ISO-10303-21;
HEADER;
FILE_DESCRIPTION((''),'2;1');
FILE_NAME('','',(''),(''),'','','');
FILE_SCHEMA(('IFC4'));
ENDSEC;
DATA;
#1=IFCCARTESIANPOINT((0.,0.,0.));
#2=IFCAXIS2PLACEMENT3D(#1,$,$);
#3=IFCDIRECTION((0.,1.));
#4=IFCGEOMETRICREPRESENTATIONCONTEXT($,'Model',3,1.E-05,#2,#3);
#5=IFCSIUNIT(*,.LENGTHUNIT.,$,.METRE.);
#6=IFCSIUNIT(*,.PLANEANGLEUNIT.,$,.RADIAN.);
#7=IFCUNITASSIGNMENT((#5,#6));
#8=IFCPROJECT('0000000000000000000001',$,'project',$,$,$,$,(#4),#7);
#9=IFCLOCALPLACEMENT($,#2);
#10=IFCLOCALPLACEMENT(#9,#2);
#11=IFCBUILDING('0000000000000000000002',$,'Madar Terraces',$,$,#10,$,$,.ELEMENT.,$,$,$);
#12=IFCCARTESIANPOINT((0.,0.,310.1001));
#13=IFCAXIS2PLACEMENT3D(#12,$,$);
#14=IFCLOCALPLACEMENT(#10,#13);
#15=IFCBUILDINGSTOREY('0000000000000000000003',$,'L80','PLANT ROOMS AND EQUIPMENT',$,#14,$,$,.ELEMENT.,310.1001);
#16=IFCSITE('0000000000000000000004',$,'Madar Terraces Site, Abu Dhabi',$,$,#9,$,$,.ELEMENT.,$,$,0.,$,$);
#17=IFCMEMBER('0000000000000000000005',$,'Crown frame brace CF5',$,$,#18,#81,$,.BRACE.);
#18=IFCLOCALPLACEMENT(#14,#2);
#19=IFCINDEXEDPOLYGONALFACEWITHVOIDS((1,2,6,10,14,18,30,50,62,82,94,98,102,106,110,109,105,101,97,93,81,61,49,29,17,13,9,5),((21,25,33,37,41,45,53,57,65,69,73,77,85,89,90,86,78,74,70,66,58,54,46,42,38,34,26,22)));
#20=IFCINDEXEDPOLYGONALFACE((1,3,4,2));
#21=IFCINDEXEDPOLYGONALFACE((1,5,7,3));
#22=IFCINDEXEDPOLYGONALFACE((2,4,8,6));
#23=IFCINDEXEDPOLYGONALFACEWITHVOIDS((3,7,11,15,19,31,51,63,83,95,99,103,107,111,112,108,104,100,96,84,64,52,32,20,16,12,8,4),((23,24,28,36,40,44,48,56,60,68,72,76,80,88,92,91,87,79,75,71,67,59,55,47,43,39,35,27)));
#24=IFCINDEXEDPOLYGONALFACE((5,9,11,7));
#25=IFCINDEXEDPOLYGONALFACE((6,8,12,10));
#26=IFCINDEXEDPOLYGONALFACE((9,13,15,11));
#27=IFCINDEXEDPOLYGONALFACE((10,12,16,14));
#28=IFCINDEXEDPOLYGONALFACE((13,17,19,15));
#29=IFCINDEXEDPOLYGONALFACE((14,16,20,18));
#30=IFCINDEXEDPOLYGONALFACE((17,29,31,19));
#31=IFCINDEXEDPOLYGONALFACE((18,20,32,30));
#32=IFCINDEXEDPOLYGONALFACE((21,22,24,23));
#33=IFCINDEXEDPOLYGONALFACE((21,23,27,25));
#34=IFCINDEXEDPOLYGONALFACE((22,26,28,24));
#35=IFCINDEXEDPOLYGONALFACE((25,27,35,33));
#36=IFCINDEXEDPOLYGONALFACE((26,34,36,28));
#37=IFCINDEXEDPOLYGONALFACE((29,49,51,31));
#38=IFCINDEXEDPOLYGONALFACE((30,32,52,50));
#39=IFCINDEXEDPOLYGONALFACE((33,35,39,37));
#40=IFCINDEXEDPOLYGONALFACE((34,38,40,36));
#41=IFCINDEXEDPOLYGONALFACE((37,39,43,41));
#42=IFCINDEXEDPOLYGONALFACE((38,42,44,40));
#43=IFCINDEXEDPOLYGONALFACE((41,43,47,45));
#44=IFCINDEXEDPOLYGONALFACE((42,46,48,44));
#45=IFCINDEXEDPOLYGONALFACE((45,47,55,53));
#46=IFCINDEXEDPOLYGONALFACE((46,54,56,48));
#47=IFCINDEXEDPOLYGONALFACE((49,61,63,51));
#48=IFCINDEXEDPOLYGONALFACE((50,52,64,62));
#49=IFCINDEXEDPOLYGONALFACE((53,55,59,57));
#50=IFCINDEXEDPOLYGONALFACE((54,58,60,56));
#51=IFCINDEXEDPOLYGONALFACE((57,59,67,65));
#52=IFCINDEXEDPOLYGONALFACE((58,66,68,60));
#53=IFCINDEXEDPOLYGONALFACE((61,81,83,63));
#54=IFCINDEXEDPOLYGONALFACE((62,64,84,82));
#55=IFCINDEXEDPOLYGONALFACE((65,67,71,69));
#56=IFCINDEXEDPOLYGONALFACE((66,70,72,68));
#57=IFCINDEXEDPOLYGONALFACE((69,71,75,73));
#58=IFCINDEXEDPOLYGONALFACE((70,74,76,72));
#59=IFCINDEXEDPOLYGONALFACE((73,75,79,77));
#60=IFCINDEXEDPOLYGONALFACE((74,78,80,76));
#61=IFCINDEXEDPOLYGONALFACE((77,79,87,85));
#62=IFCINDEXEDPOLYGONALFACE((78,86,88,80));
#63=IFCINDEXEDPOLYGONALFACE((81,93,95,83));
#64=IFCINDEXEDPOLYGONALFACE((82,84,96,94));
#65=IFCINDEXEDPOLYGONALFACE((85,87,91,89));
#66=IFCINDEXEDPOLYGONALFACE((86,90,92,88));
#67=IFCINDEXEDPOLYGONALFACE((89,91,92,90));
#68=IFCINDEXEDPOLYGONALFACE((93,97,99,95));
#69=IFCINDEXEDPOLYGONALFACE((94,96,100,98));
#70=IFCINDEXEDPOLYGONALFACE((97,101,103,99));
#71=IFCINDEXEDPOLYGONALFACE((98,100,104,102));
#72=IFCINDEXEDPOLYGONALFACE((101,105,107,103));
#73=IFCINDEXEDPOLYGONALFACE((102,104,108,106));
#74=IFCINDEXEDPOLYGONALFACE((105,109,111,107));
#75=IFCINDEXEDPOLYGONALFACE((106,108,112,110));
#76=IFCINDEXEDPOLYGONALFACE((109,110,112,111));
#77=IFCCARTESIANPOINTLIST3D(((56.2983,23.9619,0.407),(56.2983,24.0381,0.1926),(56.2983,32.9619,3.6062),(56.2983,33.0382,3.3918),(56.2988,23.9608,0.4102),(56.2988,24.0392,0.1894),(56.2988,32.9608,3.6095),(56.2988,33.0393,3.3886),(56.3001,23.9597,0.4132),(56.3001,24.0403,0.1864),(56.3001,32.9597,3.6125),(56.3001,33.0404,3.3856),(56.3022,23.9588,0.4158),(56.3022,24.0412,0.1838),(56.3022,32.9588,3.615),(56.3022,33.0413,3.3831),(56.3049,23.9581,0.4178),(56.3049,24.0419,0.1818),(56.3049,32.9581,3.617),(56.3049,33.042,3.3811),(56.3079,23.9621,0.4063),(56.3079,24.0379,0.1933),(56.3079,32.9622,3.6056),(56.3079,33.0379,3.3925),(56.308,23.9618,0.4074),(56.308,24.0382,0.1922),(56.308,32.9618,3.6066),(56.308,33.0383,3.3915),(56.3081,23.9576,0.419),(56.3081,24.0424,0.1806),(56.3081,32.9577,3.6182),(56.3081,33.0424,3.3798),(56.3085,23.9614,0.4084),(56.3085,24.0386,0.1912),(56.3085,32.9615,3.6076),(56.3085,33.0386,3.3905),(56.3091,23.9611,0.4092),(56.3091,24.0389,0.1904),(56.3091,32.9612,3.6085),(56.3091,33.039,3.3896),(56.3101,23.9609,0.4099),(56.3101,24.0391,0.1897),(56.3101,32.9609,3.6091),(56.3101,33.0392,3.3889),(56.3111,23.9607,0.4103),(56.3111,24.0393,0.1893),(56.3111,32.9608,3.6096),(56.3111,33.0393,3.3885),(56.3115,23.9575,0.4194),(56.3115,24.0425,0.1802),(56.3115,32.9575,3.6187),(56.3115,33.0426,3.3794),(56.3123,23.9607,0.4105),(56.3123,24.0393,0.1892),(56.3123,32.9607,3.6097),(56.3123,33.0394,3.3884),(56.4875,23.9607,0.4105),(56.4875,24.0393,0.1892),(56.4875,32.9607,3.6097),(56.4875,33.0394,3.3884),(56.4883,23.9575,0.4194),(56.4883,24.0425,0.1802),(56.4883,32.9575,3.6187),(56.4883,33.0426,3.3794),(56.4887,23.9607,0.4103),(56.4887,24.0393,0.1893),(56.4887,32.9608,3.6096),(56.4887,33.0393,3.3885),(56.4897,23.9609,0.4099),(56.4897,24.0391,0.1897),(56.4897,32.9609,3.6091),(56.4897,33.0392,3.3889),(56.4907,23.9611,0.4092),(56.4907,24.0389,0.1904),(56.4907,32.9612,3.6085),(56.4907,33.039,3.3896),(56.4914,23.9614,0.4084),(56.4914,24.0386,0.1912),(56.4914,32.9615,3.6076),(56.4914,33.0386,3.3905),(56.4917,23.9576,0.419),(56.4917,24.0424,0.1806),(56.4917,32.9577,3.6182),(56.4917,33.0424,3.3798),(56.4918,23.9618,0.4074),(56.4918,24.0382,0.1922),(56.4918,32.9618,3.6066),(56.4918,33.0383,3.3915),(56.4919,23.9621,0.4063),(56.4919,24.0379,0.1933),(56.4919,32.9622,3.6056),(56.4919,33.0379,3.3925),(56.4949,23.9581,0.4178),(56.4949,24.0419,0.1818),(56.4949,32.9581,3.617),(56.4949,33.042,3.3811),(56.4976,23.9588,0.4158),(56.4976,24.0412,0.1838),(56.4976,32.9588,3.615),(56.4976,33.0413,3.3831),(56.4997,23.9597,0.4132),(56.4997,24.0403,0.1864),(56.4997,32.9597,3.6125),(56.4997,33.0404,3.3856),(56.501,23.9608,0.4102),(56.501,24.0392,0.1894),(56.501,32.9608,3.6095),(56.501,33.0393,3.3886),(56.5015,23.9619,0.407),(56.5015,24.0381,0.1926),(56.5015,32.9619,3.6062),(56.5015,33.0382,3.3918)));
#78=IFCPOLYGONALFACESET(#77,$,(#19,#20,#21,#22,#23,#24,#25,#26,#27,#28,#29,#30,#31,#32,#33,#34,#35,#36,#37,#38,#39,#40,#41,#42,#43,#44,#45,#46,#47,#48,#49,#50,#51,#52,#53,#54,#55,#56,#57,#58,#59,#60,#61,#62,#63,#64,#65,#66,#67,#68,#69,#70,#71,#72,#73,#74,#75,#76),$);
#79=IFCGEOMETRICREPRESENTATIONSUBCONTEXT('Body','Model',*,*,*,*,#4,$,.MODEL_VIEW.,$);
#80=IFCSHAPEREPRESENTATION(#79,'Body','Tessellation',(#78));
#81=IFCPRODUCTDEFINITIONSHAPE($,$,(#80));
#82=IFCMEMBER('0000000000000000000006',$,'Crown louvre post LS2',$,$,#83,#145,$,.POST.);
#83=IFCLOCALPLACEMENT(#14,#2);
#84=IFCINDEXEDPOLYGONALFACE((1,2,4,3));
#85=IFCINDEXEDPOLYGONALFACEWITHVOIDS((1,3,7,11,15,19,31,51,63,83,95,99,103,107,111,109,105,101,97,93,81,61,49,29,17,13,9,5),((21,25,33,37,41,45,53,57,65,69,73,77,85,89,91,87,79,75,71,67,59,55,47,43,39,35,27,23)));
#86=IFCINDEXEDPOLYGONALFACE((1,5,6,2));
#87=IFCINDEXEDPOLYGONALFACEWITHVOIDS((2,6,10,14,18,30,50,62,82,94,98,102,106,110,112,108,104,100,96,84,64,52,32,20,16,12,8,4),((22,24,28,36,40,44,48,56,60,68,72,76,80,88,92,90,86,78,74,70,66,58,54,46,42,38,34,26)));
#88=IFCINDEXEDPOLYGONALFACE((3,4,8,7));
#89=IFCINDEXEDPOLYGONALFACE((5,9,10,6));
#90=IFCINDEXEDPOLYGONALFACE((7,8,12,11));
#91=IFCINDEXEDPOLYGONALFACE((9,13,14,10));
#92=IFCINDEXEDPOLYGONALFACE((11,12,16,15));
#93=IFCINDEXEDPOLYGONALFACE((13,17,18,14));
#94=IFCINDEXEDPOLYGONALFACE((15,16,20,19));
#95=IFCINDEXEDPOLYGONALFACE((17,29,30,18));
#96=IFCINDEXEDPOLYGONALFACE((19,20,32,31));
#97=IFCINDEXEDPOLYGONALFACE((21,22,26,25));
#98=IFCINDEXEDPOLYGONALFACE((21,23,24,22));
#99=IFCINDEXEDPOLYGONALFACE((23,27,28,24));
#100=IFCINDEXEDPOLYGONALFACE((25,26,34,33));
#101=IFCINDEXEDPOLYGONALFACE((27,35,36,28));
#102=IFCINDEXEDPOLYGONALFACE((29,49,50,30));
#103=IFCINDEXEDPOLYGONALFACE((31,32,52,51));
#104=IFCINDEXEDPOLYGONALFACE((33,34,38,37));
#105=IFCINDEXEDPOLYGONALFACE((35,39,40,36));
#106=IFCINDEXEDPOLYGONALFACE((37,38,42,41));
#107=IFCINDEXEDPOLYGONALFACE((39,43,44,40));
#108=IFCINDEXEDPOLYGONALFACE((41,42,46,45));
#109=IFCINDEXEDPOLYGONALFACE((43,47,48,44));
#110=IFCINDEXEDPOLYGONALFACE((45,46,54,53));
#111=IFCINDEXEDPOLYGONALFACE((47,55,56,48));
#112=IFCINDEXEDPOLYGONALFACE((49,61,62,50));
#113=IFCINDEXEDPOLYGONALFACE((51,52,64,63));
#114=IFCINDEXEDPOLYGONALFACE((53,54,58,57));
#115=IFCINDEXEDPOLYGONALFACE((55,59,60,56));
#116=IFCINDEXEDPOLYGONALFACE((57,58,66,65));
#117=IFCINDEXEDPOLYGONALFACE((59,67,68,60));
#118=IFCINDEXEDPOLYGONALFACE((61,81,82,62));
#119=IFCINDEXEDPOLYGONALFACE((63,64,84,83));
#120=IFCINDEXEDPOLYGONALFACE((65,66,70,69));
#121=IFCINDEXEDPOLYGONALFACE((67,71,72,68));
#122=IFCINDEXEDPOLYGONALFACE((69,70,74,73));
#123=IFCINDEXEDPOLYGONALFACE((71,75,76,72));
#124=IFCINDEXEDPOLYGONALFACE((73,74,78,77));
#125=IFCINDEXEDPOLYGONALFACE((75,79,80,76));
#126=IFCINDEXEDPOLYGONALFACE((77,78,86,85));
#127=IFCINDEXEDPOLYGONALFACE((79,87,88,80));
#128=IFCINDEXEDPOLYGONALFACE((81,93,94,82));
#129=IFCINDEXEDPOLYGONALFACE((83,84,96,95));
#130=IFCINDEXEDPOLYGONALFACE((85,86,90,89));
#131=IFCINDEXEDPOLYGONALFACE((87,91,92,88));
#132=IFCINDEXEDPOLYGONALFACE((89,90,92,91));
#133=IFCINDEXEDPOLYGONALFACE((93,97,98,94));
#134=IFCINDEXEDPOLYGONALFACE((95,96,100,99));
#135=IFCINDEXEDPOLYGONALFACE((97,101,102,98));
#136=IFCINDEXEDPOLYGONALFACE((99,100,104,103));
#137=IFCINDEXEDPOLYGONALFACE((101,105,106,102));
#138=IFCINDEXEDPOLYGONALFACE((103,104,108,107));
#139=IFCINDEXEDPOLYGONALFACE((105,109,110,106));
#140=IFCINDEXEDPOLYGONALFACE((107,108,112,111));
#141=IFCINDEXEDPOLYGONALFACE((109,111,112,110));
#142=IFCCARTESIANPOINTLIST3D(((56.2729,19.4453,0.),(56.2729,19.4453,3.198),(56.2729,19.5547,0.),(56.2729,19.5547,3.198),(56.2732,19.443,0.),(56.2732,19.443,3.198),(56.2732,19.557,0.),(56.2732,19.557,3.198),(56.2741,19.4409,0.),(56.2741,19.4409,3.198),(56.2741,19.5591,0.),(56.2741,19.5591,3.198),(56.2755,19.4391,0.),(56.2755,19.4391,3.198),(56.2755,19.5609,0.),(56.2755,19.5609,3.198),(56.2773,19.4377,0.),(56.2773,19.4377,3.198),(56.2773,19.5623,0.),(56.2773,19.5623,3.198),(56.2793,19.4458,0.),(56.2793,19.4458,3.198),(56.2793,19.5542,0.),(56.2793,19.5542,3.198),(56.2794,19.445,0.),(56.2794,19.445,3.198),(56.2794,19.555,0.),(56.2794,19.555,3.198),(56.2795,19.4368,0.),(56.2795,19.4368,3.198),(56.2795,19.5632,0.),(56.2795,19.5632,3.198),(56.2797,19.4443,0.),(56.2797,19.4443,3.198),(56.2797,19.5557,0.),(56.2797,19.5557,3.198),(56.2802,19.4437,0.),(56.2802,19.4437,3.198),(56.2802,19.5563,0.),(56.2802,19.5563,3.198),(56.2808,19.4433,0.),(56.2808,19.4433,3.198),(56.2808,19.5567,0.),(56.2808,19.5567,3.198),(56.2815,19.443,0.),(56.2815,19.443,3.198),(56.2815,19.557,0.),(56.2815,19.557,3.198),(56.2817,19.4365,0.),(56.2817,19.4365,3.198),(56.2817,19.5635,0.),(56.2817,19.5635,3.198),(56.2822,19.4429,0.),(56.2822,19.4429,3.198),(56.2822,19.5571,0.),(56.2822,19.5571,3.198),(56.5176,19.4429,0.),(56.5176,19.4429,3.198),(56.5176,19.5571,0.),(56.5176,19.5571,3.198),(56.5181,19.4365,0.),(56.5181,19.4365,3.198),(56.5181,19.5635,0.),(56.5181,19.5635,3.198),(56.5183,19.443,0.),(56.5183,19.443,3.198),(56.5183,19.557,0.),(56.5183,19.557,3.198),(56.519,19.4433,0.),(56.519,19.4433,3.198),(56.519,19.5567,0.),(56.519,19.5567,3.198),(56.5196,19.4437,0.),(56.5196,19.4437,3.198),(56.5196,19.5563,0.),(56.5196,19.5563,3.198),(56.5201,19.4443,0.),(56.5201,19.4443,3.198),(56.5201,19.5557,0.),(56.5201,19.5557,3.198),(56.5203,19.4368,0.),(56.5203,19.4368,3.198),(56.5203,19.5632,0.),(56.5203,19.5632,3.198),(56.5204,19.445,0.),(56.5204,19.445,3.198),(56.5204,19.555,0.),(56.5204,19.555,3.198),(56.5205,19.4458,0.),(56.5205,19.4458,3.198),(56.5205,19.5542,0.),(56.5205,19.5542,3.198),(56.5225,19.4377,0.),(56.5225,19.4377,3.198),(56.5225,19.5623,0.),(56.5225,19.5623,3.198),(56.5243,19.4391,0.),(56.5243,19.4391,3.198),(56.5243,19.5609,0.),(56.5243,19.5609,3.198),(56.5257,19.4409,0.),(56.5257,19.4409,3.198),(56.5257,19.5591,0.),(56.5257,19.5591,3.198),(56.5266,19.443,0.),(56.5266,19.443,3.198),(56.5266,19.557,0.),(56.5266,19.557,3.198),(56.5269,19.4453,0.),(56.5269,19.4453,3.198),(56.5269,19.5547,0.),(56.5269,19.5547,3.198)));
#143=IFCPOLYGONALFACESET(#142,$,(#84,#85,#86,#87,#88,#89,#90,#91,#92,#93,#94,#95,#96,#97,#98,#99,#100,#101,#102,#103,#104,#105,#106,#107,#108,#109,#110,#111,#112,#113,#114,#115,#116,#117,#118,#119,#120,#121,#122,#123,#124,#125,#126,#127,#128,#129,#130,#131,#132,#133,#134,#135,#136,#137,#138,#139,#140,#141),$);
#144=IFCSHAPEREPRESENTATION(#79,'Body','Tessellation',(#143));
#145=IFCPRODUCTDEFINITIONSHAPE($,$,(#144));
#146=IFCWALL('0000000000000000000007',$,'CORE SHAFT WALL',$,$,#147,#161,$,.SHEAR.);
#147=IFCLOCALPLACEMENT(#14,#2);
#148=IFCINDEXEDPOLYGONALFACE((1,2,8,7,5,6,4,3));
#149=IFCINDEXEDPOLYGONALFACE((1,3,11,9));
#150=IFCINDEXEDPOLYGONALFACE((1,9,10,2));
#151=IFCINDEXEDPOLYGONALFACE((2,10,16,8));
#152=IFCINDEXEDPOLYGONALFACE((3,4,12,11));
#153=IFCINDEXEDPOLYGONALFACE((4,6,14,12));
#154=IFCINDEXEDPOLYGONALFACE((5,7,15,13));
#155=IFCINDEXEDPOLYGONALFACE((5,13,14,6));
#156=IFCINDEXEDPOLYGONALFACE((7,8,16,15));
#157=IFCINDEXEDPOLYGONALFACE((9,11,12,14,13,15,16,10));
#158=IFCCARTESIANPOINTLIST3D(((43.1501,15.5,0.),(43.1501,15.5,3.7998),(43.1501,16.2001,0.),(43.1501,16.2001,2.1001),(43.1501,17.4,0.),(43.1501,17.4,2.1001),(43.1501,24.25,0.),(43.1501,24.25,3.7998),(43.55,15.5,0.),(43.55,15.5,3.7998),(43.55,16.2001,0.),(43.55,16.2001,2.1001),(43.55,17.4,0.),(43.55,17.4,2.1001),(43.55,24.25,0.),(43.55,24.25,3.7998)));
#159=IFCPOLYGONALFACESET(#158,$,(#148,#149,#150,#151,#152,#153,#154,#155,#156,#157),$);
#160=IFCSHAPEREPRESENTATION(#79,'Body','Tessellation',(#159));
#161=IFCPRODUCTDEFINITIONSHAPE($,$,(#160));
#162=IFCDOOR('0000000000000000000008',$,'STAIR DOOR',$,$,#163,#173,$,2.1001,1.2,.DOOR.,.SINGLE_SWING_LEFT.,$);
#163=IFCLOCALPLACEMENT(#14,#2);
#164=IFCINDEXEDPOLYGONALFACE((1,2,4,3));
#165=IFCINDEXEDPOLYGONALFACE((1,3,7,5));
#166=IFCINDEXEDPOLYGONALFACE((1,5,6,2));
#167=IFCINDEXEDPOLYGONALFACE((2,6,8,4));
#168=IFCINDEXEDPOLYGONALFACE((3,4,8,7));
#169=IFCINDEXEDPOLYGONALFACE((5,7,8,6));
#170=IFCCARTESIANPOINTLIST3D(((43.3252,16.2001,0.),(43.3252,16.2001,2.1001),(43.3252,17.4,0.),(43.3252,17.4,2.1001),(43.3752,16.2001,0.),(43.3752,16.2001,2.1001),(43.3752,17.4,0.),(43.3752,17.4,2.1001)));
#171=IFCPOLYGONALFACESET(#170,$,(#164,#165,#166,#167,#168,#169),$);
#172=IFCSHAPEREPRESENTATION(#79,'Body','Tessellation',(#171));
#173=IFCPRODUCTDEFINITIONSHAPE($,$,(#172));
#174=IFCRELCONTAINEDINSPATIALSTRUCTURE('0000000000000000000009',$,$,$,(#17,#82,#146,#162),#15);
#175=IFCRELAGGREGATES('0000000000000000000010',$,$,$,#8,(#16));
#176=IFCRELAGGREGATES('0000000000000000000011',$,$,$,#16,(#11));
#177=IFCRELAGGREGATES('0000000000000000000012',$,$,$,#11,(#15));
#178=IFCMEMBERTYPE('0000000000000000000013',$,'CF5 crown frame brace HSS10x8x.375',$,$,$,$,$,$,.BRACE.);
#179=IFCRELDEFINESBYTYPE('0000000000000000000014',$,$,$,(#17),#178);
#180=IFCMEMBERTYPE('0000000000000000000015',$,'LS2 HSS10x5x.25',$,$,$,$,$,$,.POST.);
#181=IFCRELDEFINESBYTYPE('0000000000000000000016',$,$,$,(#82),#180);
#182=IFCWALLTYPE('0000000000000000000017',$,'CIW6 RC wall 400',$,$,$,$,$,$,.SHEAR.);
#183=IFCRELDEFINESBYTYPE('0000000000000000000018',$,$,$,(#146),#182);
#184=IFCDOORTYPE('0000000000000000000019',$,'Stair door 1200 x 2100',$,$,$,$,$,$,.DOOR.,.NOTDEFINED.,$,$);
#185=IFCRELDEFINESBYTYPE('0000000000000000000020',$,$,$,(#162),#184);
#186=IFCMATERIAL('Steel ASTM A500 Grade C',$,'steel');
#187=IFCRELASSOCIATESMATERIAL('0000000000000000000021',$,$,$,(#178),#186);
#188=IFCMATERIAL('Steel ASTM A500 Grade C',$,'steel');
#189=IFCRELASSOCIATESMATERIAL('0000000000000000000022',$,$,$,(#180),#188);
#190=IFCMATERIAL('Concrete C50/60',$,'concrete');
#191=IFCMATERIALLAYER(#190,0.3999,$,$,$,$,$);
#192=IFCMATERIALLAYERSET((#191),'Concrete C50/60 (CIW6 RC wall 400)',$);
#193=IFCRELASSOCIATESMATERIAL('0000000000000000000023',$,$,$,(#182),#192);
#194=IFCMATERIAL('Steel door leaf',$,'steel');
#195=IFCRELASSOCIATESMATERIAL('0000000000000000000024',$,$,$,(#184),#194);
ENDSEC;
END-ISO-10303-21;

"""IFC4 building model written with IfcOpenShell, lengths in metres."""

from ifc_helpers import new_model, si_unit, direction, frame, frame_2d, origin, origin_2d, place, context, subcontext, project, spatial, rectangle, hollow_rectangle, extrude, material, layer, layer_set, material_profile, profile_set, type_object, element, fill, save


model = new_model("IFC4")

# Units and contexts
model_context = context("Model", 3, precision=1e-05, world=origin(), true_north=direction((0.0, 1.0)))
body_context = subcontext(model_context, "Body", "Model", "MODEL_VIEW")
ifc_project = project(units=[si_unit("LENGTHUNIT", "METRE"), si_unit("PLANEANGLEUNIT", "RADIAN")], contexts=[model_context])

# Site, building, storey
site_placement = place(None, origin())
site = spatial("IfcSite", under=ifc_project, at=site_placement, Name="Madar Terraces Site, Abu Dhabi", CompositionType="ELEMENT", RefElevation=0.0)
building_placement = place(site_placement, origin())
building = spatial("IfcBuilding", under=site, at=building_placement, Name="Madar Terraces", CompositionType="ELEMENT")
storey_placement = place(building_placement, frame((0.0, 0.0, 310.1001)))
storey = spatial("IfcBuildingStorey", under=building, at=storey_placement, Name="L80", Description="PLANT ROOMS AND EQUIPMENT", CompositionType="ELEMENT", Elevation=310.1001)

# Members
ifc_material_1 = material(Name="Steel ASTM A500 Grade C", Category="steel")
ifc_material_profile_1 = material_profile(ifc_material_1, hollow_rectangle(XDim=0.2031, YDim=0.2539, WallThickness=0.0095, InnerFilletRadius=0.0044, OuterFilletRadius=0.0132, at=origin_2d()), Name="HSS10x8x.375")
ifc_profile_set_1 = profile_set([ifc_material_profile_1], Name="Steel ASTM A500 Grade C")
member_type_1 = type_object("IfcMemberType", Name="CF5 crown frame brace HSS10x8x.375", PredefinedType="BRACE", material=ifc_profile_set_1)
for number, where, z_axis, x_axis, name in (
    (1, (56.3999, 24.0, 0.2998), (0.0, 0.942241, 0.334937), (-1.0, 0.0, 0.0), "Crown frame brace CF5"),
):
    element("IfcMember", number, at=place(storey_placement, frame(where, z_axis=z_axis, x_axis=x_axis)), inside=storey, type_object=member_type_1, Name=name, PredefinedType="BRACE", context=body_context, shape_type="SweptSolid", body=[
        extrude(hollow_rectangle(XDim=0.2031, YDim=0.2539, WallThickness=0.0095, InnerFilletRadius=0.0044, OuterFilletRadius=0.0132, at=origin_2d()), origin(), (0.0, 0.0, 1.0), 9.5518),
    ])
ifc_material_2 = material(Name="Steel ASTM A500 Grade C", Category="steel")
ifc_material_profile_2 = material_profile(ifc_material_2, hollow_rectangle(XDim=0.127, YDim=0.2539, WallThickness=0.0063, InnerFilletRadius=0.0029, OuterFilletRadius=0.0088, at=origin_2d()), Name="HSS10x5x.25")
ifc_profile_set_2 = profile_set([ifc_material_profile_2], Name="Steel ASTM A500 Grade C")
member_type_2 = type_object("IfcMemberType", Name="LS2 HSS10x5x.25", PredefinedType="POST", material=ifc_profile_set_2)
member_placement = place(storey_placement, frame((56.3999, 19.5, 0.0), z_axis=(0.0, 0.0, 1.0), x_axis=(0.0, 1.0, 0.0)))
element("IfcMember", 2, at=member_placement, inside=storey, type_object=member_type_2, Name="Crown louvre post LS2", PredefinedType="POST", context=body_context, shape_type="SweptSolid", body=[
    extrude(hollow_rectangle(XDim=0.127, YDim=0.2539, WallThickness=0.0063, InnerFilletRadius=0.0029, OuterFilletRadius=0.0088, at=origin_2d()), origin(), (0.0, 0.0, 1.0), 3.198),
])

# Wall, opening, door
ifc_material_3 = material(Name="Concrete C50/60", Category="concrete")
ifc_layer_1 = layer(ifc_material_3, 0.3999)
ifc_layer_set_1 = layer_set([ifc_layer_1], Name="Concrete C50/60 (CIW6 RC wall 400)")
wall_type_1 = type_object("IfcWallType", Name="CIW6 RC wall 400", PredefinedType="SHEAR", material=ifc_layer_set_1)
wall_1_placement = place(storey_placement, frame((43.3501, 15.5, 0.0), z_axis=(0.0, 0.0, 1.0), x_axis=(0.0, 1.0, 0.0)))
wall_1 = element("IfcWall", 3, at=wall_1_placement, inside=storey, type_object=wall_type_1, Name="CORE SHAFT WALL", PredefinedType="SHEAR", context=body_context, shape_type="SweptSolid", body=[
    extrude(rectangle(XDim=8.75, YDim=0.3999, at=frame_2d((4.375, 0.0))), origin(), (0.0, 0.0, 1.0), 3.7998),
])
opening_1_placement = place(wall_1_placement, frame((0.7, 0.0, 0.0)))
opening_1 = element("IfcOpeningElement", 4, at=opening_1_placement, cuts=wall_1, PredefinedType="OPENING", context=body_context, shape_type="SweptSolid", body=[
    extrude(rectangle(XDim=1.2, YDim=2.1001, at=frame_2d((0.6001, 1.05))), frame((0.0, 0.21, 0.0), z_axis=(0.0, -1.0, 0.0), x_axis=(1.0, 0.0, 0.0)), (0.0, 0.0, 1.0), 0.4199),
])
ifc_material_4 = material(Name="Steel door leaf", Category="steel")
door_type_1 = type_object("IfcDoorType", Name="Stair door 1200 x 2100", OperationType="NOTDEFINED", PredefinedType="DOOR", material=ifc_material_4)
door_1_placement = place(opening_1_placement, origin())
door_1 = element("IfcDoor", 5, at=door_1_placement, inside=storey, type_object=door_type_1, Name="STAIR DOOR", OperationType="SINGLE_SWING_LEFT", OverallHeight=2.1001, OverallWidth=1.2, PredefinedType="DOOR", context=body_context, shape_type="SweptSolid", body=[
    extrude(rectangle(XDim=1.2, YDim=2.1001, at=frame_2d((0.6001, 1.05))), frame((0.0, 0.0249, 0.0), z_axis=(0.0, -1.0, 0.0), x_axis=(1.0, 0.0, 0.0)), (0.0, 0.0, 1.0), 0.05),
])
fill(opening_1, door_1)

save(model, "model.ifc")
